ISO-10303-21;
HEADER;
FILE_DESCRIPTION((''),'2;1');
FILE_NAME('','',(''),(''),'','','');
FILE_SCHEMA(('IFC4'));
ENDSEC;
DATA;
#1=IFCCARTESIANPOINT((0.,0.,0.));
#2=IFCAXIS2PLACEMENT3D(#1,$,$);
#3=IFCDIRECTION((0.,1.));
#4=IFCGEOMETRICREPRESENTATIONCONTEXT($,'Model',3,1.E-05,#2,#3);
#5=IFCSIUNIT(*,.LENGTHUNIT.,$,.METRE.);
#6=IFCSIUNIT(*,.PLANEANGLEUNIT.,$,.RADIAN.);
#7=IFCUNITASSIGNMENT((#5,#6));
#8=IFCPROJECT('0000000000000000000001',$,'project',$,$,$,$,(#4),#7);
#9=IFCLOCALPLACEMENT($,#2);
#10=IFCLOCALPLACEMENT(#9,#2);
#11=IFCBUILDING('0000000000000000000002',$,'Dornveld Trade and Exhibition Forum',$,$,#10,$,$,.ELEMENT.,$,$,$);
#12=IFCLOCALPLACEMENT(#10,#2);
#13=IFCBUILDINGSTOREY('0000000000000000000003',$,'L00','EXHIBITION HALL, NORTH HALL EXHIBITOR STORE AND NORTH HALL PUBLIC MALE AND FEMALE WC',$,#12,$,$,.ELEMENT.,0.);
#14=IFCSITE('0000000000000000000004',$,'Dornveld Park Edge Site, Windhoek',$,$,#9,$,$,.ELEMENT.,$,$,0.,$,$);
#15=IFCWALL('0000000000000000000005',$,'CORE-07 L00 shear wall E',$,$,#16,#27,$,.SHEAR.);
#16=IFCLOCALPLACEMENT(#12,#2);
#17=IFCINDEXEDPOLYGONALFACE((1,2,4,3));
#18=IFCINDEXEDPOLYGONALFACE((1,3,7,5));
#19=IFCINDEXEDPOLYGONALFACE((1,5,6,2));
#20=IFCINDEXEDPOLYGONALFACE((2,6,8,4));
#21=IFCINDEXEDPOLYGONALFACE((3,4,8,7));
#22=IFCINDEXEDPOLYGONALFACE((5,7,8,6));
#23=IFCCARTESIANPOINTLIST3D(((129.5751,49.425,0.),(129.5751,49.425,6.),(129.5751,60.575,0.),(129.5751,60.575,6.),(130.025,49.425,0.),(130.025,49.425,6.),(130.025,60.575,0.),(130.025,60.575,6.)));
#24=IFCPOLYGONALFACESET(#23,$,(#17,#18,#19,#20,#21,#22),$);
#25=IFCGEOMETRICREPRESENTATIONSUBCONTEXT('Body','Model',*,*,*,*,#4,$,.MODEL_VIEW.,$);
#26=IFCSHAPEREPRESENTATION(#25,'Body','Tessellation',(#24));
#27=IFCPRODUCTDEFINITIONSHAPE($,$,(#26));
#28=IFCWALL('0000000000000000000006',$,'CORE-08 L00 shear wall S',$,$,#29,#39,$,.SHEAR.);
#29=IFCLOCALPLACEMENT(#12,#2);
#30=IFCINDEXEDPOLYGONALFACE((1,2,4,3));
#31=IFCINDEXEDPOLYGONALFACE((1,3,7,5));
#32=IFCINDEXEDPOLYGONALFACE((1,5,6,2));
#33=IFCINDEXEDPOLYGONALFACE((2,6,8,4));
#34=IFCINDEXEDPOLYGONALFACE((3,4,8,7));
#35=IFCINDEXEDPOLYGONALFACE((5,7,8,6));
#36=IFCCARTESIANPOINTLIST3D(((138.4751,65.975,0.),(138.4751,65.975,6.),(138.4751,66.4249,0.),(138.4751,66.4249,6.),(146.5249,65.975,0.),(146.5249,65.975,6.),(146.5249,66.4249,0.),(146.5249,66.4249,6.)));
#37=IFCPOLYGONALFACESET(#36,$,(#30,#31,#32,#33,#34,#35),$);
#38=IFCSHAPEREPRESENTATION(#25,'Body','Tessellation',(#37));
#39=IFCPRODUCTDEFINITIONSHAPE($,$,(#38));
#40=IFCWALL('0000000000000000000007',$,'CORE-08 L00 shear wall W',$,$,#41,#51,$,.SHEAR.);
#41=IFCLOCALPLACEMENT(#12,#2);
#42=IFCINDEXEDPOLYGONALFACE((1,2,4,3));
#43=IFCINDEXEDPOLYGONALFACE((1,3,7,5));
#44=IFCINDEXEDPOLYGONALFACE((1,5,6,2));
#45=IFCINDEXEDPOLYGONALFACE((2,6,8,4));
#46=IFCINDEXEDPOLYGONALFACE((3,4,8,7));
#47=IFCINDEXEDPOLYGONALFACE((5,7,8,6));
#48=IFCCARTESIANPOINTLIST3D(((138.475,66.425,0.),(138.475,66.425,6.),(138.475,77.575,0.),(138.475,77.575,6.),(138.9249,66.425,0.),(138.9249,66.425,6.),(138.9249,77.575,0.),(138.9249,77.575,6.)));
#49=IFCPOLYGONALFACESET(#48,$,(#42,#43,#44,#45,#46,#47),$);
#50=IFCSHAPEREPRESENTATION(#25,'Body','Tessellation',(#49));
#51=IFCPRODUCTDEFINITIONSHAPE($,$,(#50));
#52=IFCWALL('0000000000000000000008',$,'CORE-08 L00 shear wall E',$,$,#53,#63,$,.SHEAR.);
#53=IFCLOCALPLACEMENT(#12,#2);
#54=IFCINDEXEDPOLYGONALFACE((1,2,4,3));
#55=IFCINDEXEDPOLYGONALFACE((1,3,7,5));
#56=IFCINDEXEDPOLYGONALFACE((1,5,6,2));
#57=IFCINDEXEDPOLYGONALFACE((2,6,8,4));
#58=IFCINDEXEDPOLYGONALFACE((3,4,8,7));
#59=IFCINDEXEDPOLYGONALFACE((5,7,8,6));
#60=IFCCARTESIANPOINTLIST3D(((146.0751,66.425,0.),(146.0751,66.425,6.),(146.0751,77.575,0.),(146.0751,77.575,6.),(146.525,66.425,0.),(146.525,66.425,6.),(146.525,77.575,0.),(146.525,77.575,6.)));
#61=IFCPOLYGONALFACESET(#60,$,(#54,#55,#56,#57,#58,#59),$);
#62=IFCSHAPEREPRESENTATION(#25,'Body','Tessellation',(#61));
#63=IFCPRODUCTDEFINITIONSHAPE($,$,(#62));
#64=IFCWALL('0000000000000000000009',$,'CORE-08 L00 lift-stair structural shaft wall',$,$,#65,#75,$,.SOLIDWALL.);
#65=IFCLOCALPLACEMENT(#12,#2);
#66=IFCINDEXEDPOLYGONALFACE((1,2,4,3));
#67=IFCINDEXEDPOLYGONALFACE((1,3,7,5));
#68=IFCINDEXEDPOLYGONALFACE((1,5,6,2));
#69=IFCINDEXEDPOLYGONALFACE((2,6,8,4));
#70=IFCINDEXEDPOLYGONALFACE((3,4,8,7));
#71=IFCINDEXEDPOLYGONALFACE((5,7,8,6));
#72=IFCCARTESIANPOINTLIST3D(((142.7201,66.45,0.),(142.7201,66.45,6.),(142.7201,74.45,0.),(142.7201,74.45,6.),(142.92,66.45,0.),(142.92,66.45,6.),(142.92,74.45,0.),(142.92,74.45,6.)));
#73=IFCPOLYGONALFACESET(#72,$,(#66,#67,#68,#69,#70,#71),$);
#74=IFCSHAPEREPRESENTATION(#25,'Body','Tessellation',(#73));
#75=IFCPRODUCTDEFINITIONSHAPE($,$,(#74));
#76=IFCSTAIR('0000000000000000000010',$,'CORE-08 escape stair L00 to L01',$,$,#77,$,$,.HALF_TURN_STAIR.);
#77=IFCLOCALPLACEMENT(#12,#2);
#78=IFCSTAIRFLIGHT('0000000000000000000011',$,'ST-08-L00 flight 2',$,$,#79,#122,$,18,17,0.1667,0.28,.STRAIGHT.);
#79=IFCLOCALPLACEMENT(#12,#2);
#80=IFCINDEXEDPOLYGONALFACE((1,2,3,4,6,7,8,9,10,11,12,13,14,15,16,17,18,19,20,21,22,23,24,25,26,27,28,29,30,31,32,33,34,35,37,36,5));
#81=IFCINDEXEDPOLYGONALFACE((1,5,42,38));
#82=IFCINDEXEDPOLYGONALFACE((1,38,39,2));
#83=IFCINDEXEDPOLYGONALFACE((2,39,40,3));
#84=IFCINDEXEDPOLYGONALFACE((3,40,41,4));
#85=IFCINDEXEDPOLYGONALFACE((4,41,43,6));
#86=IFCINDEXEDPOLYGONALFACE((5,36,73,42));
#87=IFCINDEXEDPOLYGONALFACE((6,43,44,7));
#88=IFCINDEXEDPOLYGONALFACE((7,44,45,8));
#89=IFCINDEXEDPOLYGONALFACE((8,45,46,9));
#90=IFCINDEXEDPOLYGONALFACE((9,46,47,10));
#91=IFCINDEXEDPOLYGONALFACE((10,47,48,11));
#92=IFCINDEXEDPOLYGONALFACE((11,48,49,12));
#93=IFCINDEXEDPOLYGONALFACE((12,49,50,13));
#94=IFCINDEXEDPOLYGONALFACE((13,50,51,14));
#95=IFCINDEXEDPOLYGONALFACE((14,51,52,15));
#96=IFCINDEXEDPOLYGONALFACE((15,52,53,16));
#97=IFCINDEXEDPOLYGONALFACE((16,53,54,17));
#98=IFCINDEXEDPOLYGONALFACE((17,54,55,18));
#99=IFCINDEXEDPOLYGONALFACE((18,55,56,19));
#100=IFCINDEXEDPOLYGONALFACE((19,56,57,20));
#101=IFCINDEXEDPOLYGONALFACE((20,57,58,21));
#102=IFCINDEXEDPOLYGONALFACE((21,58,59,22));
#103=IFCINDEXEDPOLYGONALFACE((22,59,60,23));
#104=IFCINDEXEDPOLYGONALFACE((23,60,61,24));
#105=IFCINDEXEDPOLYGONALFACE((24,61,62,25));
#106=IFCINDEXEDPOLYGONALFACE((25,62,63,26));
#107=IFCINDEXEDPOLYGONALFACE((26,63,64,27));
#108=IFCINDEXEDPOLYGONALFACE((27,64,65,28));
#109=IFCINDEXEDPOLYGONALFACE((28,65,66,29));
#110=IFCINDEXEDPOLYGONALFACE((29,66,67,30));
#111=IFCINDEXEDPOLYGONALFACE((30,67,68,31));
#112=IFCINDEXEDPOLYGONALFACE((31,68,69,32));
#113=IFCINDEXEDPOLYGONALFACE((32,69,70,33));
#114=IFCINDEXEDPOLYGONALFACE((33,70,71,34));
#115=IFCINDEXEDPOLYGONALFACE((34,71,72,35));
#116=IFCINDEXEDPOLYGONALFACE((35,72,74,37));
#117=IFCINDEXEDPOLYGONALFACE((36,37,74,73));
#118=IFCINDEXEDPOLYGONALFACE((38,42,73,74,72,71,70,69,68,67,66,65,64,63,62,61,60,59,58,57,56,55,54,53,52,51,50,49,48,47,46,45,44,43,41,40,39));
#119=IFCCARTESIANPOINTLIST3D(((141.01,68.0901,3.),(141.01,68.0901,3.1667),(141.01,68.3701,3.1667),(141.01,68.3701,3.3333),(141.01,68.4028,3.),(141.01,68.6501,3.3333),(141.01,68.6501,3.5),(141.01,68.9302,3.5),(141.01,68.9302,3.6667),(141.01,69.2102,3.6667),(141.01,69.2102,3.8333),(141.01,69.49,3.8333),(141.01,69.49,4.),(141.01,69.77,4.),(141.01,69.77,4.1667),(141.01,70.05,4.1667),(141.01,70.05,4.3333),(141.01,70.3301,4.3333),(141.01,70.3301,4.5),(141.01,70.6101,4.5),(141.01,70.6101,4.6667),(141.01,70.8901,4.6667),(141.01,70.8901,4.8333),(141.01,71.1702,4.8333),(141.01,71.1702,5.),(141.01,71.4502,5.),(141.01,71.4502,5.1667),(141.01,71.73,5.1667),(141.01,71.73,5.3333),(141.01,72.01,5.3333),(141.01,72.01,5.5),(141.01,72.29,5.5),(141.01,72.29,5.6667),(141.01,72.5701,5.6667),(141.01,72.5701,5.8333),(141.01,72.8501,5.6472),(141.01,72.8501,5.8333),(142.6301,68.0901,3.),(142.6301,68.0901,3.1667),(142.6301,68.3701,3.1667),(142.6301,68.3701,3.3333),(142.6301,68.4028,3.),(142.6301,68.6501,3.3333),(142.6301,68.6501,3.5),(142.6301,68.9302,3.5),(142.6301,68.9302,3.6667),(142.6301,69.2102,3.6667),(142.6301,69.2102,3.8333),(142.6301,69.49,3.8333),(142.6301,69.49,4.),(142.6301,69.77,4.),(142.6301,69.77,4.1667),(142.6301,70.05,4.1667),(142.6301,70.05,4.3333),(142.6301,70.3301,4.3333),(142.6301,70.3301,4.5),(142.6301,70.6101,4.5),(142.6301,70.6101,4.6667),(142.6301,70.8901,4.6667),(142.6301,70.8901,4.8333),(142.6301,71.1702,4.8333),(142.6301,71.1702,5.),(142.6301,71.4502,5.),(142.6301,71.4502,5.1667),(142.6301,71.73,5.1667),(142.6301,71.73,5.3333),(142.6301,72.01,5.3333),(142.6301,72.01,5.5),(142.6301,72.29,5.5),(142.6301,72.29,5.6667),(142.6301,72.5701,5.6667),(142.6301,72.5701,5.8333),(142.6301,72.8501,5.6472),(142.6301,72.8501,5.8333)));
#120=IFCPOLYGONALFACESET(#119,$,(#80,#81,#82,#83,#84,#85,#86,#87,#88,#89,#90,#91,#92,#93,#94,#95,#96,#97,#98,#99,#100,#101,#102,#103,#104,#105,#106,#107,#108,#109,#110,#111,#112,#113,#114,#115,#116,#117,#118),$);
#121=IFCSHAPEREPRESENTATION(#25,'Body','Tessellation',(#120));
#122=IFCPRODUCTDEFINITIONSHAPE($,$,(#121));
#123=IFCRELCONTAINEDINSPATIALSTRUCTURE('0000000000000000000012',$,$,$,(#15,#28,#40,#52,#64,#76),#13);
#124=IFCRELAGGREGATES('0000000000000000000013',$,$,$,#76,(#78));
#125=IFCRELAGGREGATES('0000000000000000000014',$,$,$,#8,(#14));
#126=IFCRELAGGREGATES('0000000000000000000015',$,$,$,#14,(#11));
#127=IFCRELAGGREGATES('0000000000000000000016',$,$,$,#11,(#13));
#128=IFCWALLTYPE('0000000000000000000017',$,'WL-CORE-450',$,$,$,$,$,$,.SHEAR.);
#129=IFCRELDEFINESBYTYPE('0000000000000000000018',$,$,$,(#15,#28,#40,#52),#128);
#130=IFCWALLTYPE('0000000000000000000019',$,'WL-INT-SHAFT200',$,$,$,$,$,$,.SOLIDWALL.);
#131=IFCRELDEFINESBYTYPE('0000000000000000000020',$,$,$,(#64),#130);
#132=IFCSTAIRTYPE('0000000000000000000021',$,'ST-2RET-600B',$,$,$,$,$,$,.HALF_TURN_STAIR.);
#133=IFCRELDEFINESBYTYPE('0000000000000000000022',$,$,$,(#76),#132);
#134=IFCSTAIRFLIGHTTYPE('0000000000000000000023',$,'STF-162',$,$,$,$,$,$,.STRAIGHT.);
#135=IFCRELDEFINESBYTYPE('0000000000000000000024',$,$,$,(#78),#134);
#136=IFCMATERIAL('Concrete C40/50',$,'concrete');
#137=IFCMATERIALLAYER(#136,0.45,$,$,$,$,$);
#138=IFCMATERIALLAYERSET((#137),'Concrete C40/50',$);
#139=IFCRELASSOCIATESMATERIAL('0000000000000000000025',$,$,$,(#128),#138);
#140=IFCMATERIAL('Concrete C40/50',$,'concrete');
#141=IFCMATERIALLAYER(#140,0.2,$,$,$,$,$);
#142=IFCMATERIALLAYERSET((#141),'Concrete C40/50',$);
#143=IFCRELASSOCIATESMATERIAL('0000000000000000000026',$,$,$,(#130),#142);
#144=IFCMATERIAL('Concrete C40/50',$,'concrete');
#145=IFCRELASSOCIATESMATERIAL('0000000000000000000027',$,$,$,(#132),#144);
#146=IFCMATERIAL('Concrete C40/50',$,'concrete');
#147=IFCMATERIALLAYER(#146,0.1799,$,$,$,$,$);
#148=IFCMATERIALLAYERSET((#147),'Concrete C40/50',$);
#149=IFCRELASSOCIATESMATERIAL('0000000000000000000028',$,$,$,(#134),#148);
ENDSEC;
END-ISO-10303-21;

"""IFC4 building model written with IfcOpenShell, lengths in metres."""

from ifc_helpers import new_model, si_unit, direction, frame, frame_2d, origin, place, context, subcontext, project, spatial, polyline, rectangle, outline, extrude, material, layer, layer_set, type_object, element, aggregate, save


model = new_model("IFC4")

# Units and contexts
model_context = context("Model", 3, precision=1e-05, world=origin(), true_north=direction((0.0, 1.0)))
body_context = subcontext(model_context, "Body", "Model", "MODEL_VIEW")
ifc_project = project(units=[si_unit("LENGTHUNIT", "METRE"), si_unit("PLANEANGLEUNIT", "RADIAN")], contexts=[model_context])

# Site, building, storey
site_placement = place(None, origin())
site = spatial("IfcSite", under=ifc_project, at=site_placement, Name="Dornveld Park Edge Site, Windhoek", CompositionType="ELEMENT", RefElevation=0.0)
building_placement = place(site_placement, origin())
building = spatial("IfcBuilding", under=site, at=building_placement, Name="Dornveld Trade and Exhibition Forum", CompositionType="ELEMENT")
storey_placement = place(building_placement, origin())
storey = spatial("IfcBuildingStorey", under=building, at=storey_placement, Name="L00", Description="EXHIBITION HALL, NORTH HALL EXHIBITOR STORE AND NORTH HALL PUBLIC MALE AND FEMALE WC", CompositionType="ELEMENT", Elevation=0.0)

# Walls
ifc_material_1 = material(Name="Concrete C40/50", Category="concrete")
ifc_layer_1 = layer(ifc_material_1, 0.45)
ifc_layer_set_1 = layer_set([ifc_layer_1], Name="Concrete C40/50")
wall_type_1 = type_object("IfcWallType", Name="WL-CORE-450", PredefinedType="SHEAR", material=ifc_layer_set_1)
wall_1_placement = place(storey_placement, frame((129.8, 49.425, 0.0), z_axis=(0.0, 0.0, 1.0), x_axis=(0.0, 1.0, 0.0)))
element("IfcWall", 1, at=wall_1_placement, inside=storey, type_object=wall_type_1, Name="CORE-07 L00 shear wall E", PredefinedType="SHEAR", context=body_context, shape_type="SweptSolid", body=[
    extrude(rectangle(XDim=11.1499, YDim=0.45, at=frame_2d((5.575, 0.0))), origin(), (0.0, 0.0, 1.0), 6.0),
])
wall_2_placement = place(storey_placement, frame((138.4751, 66.2, 0.0), z_axis=(0.0, 0.0, 1.0), x_axis=(1.0, 0.0, 0.0)))
element("IfcWall", 2, at=wall_2_placement, inside=storey, type_object=wall_type_1, Name="CORE-08 L00 shear wall S", PredefinedType="SHEAR", context=body_context, shape_type="SweptSolid", body=[
    extrude(rectangle(XDim=8.0498, YDim=0.45, at=frame_2d((4.0249, 0.0))), origin(), (0.0, 0.0, 1.0), 6.0),
])
for number, where, z_axis, x_axis, name in (
    (3, (138.7, 66.425, 0.0), (0.0, 0.0, 1.0), (0.0, 1.0, 0.0), "CORE-08 L00 shear wall W"),
    (4, (146.3, 66.425, 0.0), (0.0, 0.0, 1.0), (0.0, 1.0, 0.0), "CORE-08 L00 shear wall E"),
):
    element("IfcWall", number, at=place(storey_placement, frame(where, z_axis=z_axis, x_axis=x_axis)), inside=storey, type_object=wall_type_1, Name=name, PredefinedType="SHEAR", context=body_context, shape_type="SweptSolid", body=[
        extrude(rectangle(XDim=11.1499, YDim=0.45, at=frame_2d((5.575, 0.0))), origin(), (0.0, 0.0, 1.0), 6.0),
    ])
ifc_material_2 = material(Name="Concrete C40/50", Category="concrete")
ifc_layer_2 = layer(ifc_material_2, 0.2)
ifc_layer_set_2 = layer_set([ifc_layer_2], Name="Concrete C40/50")
wall_type_2 = type_object("IfcWallType", Name="WL-INT-SHAFT200", PredefinedType="SOLIDWALL", material=ifc_layer_set_2)
wall_3_placement = place(storey_placement, frame((142.8201, 66.45, 0.0), z_axis=(0.0, 0.0, 1.0), x_axis=(0.0, 1.0, 0.0)))
element("IfcWall", 5, at=wall_3_placement, inside=storey, type_object=wall_type_2, Name="CORE-08 L00 lift-stair structural shaft wall", PredefinedType="SOLIDWALL", context=body_context, shape_type="SweptSolid", body=[
    extrude(rectangle(XDim=8.0, YDim=0.2, at=frame_2d((4.0, 0.0))), origin(), (0.0, 0.0, 1.0), 6.0),
])

# Stair, stair flight
ifc_material_3 = material(Name="Concrete C40/50", Category="concrete")
stair_type = type_object("IfcStairType", Name="ST-2RET-600B", PredefinedType="HALF_TURN_STAIR", material=ifc_material_3)
stair_placement = place(storey_placement, origin())
stair = element("IfcStair", 6, at=stair_placement, inside=storey, type_object=stair_type, Name="CORE-08 escape stair L00 to L01", PredefinedType="HALF_TURN_STAIR")
ifc_material_4 = material(Name="Concrete C40/50", Category="concrete")
ifc_layer_3 = layer(ifc_material_4, 0.1799)
ifc_layer_set_3 = layer_set([ifc_layer_3], Name="Concrete C40/50")
stair_flight_type = type_object("IfcStairFlightType", Name="STF-162", PredefinedType="STRAIGHT", material=ifc_layer_set_3)
stair_flight_placement = place(storey_placement, frame((141.8201, 68.0901, 3.0), z_axis=(0.0, 0.0, 1.0), x_axis=(0.0, 1.0, 0.0)))
stair_flight = element("IfcStairFlight", 7, at=stair_flight_placement, type_object=stair_flight_type, Name="ST-08-L00 flight 2", NumberOfRisers=18, NumberOfTreads=17, PredefinedType="STRAIGHT", RiserHeight=0.1667, TreadLength=0.28, context=body_context, shape_type="SweptSolid", body=[
    extrude(outline(polyline([(0.0, 0.0), (0.0, 0.1667), (0.28, 0.1667), (0.28, 0.3333), (0.5601, 0.3333), (0.5601, 0.5), (0.8401, 0.5), (0.8401, 0.6667), (1.1201, 0.6667), (1.1201, 0.8333), (1.3999, 0.8333), (1.3999, 1.0), (1.6799, 1.0), (1.6799, 1.1667), (1.96, 1.1667), (1.96, 1.3333), (2.24, 1.3333), (2.24, 1.5), (2.52, 1.5), (2.52, 1.6667), (2.8, 1.6667), (2.8, 1.8333), (3.0801, 1.8333), (3.0801, 2.0), (3.3601, 2.0), (3.3601, 2.1667), (3.6399, 2.1667), (3.6399, 2.3333), (3.9199, 2.3333), (3.9199, 2.5), (4.2, 2.5), (4.2, 2.6667), (4.48, 2.6667), (4.48, 2.8333), (4.76, 2.8333), (4.76, 3.0), (4.76, 2.6472), (0.3127, 0.0), (0.0, 0.0)])), frame((0.0, 0.8101, 0.0), z_axis=(0.0, -1.0, 0.0), x_axis=(1.0, 0.0, 0.0)), (0.0, 0.0, 1.0), 1.6201),
])
aggregate(stair, [stair_flight])

save(model, "model.ifc")
